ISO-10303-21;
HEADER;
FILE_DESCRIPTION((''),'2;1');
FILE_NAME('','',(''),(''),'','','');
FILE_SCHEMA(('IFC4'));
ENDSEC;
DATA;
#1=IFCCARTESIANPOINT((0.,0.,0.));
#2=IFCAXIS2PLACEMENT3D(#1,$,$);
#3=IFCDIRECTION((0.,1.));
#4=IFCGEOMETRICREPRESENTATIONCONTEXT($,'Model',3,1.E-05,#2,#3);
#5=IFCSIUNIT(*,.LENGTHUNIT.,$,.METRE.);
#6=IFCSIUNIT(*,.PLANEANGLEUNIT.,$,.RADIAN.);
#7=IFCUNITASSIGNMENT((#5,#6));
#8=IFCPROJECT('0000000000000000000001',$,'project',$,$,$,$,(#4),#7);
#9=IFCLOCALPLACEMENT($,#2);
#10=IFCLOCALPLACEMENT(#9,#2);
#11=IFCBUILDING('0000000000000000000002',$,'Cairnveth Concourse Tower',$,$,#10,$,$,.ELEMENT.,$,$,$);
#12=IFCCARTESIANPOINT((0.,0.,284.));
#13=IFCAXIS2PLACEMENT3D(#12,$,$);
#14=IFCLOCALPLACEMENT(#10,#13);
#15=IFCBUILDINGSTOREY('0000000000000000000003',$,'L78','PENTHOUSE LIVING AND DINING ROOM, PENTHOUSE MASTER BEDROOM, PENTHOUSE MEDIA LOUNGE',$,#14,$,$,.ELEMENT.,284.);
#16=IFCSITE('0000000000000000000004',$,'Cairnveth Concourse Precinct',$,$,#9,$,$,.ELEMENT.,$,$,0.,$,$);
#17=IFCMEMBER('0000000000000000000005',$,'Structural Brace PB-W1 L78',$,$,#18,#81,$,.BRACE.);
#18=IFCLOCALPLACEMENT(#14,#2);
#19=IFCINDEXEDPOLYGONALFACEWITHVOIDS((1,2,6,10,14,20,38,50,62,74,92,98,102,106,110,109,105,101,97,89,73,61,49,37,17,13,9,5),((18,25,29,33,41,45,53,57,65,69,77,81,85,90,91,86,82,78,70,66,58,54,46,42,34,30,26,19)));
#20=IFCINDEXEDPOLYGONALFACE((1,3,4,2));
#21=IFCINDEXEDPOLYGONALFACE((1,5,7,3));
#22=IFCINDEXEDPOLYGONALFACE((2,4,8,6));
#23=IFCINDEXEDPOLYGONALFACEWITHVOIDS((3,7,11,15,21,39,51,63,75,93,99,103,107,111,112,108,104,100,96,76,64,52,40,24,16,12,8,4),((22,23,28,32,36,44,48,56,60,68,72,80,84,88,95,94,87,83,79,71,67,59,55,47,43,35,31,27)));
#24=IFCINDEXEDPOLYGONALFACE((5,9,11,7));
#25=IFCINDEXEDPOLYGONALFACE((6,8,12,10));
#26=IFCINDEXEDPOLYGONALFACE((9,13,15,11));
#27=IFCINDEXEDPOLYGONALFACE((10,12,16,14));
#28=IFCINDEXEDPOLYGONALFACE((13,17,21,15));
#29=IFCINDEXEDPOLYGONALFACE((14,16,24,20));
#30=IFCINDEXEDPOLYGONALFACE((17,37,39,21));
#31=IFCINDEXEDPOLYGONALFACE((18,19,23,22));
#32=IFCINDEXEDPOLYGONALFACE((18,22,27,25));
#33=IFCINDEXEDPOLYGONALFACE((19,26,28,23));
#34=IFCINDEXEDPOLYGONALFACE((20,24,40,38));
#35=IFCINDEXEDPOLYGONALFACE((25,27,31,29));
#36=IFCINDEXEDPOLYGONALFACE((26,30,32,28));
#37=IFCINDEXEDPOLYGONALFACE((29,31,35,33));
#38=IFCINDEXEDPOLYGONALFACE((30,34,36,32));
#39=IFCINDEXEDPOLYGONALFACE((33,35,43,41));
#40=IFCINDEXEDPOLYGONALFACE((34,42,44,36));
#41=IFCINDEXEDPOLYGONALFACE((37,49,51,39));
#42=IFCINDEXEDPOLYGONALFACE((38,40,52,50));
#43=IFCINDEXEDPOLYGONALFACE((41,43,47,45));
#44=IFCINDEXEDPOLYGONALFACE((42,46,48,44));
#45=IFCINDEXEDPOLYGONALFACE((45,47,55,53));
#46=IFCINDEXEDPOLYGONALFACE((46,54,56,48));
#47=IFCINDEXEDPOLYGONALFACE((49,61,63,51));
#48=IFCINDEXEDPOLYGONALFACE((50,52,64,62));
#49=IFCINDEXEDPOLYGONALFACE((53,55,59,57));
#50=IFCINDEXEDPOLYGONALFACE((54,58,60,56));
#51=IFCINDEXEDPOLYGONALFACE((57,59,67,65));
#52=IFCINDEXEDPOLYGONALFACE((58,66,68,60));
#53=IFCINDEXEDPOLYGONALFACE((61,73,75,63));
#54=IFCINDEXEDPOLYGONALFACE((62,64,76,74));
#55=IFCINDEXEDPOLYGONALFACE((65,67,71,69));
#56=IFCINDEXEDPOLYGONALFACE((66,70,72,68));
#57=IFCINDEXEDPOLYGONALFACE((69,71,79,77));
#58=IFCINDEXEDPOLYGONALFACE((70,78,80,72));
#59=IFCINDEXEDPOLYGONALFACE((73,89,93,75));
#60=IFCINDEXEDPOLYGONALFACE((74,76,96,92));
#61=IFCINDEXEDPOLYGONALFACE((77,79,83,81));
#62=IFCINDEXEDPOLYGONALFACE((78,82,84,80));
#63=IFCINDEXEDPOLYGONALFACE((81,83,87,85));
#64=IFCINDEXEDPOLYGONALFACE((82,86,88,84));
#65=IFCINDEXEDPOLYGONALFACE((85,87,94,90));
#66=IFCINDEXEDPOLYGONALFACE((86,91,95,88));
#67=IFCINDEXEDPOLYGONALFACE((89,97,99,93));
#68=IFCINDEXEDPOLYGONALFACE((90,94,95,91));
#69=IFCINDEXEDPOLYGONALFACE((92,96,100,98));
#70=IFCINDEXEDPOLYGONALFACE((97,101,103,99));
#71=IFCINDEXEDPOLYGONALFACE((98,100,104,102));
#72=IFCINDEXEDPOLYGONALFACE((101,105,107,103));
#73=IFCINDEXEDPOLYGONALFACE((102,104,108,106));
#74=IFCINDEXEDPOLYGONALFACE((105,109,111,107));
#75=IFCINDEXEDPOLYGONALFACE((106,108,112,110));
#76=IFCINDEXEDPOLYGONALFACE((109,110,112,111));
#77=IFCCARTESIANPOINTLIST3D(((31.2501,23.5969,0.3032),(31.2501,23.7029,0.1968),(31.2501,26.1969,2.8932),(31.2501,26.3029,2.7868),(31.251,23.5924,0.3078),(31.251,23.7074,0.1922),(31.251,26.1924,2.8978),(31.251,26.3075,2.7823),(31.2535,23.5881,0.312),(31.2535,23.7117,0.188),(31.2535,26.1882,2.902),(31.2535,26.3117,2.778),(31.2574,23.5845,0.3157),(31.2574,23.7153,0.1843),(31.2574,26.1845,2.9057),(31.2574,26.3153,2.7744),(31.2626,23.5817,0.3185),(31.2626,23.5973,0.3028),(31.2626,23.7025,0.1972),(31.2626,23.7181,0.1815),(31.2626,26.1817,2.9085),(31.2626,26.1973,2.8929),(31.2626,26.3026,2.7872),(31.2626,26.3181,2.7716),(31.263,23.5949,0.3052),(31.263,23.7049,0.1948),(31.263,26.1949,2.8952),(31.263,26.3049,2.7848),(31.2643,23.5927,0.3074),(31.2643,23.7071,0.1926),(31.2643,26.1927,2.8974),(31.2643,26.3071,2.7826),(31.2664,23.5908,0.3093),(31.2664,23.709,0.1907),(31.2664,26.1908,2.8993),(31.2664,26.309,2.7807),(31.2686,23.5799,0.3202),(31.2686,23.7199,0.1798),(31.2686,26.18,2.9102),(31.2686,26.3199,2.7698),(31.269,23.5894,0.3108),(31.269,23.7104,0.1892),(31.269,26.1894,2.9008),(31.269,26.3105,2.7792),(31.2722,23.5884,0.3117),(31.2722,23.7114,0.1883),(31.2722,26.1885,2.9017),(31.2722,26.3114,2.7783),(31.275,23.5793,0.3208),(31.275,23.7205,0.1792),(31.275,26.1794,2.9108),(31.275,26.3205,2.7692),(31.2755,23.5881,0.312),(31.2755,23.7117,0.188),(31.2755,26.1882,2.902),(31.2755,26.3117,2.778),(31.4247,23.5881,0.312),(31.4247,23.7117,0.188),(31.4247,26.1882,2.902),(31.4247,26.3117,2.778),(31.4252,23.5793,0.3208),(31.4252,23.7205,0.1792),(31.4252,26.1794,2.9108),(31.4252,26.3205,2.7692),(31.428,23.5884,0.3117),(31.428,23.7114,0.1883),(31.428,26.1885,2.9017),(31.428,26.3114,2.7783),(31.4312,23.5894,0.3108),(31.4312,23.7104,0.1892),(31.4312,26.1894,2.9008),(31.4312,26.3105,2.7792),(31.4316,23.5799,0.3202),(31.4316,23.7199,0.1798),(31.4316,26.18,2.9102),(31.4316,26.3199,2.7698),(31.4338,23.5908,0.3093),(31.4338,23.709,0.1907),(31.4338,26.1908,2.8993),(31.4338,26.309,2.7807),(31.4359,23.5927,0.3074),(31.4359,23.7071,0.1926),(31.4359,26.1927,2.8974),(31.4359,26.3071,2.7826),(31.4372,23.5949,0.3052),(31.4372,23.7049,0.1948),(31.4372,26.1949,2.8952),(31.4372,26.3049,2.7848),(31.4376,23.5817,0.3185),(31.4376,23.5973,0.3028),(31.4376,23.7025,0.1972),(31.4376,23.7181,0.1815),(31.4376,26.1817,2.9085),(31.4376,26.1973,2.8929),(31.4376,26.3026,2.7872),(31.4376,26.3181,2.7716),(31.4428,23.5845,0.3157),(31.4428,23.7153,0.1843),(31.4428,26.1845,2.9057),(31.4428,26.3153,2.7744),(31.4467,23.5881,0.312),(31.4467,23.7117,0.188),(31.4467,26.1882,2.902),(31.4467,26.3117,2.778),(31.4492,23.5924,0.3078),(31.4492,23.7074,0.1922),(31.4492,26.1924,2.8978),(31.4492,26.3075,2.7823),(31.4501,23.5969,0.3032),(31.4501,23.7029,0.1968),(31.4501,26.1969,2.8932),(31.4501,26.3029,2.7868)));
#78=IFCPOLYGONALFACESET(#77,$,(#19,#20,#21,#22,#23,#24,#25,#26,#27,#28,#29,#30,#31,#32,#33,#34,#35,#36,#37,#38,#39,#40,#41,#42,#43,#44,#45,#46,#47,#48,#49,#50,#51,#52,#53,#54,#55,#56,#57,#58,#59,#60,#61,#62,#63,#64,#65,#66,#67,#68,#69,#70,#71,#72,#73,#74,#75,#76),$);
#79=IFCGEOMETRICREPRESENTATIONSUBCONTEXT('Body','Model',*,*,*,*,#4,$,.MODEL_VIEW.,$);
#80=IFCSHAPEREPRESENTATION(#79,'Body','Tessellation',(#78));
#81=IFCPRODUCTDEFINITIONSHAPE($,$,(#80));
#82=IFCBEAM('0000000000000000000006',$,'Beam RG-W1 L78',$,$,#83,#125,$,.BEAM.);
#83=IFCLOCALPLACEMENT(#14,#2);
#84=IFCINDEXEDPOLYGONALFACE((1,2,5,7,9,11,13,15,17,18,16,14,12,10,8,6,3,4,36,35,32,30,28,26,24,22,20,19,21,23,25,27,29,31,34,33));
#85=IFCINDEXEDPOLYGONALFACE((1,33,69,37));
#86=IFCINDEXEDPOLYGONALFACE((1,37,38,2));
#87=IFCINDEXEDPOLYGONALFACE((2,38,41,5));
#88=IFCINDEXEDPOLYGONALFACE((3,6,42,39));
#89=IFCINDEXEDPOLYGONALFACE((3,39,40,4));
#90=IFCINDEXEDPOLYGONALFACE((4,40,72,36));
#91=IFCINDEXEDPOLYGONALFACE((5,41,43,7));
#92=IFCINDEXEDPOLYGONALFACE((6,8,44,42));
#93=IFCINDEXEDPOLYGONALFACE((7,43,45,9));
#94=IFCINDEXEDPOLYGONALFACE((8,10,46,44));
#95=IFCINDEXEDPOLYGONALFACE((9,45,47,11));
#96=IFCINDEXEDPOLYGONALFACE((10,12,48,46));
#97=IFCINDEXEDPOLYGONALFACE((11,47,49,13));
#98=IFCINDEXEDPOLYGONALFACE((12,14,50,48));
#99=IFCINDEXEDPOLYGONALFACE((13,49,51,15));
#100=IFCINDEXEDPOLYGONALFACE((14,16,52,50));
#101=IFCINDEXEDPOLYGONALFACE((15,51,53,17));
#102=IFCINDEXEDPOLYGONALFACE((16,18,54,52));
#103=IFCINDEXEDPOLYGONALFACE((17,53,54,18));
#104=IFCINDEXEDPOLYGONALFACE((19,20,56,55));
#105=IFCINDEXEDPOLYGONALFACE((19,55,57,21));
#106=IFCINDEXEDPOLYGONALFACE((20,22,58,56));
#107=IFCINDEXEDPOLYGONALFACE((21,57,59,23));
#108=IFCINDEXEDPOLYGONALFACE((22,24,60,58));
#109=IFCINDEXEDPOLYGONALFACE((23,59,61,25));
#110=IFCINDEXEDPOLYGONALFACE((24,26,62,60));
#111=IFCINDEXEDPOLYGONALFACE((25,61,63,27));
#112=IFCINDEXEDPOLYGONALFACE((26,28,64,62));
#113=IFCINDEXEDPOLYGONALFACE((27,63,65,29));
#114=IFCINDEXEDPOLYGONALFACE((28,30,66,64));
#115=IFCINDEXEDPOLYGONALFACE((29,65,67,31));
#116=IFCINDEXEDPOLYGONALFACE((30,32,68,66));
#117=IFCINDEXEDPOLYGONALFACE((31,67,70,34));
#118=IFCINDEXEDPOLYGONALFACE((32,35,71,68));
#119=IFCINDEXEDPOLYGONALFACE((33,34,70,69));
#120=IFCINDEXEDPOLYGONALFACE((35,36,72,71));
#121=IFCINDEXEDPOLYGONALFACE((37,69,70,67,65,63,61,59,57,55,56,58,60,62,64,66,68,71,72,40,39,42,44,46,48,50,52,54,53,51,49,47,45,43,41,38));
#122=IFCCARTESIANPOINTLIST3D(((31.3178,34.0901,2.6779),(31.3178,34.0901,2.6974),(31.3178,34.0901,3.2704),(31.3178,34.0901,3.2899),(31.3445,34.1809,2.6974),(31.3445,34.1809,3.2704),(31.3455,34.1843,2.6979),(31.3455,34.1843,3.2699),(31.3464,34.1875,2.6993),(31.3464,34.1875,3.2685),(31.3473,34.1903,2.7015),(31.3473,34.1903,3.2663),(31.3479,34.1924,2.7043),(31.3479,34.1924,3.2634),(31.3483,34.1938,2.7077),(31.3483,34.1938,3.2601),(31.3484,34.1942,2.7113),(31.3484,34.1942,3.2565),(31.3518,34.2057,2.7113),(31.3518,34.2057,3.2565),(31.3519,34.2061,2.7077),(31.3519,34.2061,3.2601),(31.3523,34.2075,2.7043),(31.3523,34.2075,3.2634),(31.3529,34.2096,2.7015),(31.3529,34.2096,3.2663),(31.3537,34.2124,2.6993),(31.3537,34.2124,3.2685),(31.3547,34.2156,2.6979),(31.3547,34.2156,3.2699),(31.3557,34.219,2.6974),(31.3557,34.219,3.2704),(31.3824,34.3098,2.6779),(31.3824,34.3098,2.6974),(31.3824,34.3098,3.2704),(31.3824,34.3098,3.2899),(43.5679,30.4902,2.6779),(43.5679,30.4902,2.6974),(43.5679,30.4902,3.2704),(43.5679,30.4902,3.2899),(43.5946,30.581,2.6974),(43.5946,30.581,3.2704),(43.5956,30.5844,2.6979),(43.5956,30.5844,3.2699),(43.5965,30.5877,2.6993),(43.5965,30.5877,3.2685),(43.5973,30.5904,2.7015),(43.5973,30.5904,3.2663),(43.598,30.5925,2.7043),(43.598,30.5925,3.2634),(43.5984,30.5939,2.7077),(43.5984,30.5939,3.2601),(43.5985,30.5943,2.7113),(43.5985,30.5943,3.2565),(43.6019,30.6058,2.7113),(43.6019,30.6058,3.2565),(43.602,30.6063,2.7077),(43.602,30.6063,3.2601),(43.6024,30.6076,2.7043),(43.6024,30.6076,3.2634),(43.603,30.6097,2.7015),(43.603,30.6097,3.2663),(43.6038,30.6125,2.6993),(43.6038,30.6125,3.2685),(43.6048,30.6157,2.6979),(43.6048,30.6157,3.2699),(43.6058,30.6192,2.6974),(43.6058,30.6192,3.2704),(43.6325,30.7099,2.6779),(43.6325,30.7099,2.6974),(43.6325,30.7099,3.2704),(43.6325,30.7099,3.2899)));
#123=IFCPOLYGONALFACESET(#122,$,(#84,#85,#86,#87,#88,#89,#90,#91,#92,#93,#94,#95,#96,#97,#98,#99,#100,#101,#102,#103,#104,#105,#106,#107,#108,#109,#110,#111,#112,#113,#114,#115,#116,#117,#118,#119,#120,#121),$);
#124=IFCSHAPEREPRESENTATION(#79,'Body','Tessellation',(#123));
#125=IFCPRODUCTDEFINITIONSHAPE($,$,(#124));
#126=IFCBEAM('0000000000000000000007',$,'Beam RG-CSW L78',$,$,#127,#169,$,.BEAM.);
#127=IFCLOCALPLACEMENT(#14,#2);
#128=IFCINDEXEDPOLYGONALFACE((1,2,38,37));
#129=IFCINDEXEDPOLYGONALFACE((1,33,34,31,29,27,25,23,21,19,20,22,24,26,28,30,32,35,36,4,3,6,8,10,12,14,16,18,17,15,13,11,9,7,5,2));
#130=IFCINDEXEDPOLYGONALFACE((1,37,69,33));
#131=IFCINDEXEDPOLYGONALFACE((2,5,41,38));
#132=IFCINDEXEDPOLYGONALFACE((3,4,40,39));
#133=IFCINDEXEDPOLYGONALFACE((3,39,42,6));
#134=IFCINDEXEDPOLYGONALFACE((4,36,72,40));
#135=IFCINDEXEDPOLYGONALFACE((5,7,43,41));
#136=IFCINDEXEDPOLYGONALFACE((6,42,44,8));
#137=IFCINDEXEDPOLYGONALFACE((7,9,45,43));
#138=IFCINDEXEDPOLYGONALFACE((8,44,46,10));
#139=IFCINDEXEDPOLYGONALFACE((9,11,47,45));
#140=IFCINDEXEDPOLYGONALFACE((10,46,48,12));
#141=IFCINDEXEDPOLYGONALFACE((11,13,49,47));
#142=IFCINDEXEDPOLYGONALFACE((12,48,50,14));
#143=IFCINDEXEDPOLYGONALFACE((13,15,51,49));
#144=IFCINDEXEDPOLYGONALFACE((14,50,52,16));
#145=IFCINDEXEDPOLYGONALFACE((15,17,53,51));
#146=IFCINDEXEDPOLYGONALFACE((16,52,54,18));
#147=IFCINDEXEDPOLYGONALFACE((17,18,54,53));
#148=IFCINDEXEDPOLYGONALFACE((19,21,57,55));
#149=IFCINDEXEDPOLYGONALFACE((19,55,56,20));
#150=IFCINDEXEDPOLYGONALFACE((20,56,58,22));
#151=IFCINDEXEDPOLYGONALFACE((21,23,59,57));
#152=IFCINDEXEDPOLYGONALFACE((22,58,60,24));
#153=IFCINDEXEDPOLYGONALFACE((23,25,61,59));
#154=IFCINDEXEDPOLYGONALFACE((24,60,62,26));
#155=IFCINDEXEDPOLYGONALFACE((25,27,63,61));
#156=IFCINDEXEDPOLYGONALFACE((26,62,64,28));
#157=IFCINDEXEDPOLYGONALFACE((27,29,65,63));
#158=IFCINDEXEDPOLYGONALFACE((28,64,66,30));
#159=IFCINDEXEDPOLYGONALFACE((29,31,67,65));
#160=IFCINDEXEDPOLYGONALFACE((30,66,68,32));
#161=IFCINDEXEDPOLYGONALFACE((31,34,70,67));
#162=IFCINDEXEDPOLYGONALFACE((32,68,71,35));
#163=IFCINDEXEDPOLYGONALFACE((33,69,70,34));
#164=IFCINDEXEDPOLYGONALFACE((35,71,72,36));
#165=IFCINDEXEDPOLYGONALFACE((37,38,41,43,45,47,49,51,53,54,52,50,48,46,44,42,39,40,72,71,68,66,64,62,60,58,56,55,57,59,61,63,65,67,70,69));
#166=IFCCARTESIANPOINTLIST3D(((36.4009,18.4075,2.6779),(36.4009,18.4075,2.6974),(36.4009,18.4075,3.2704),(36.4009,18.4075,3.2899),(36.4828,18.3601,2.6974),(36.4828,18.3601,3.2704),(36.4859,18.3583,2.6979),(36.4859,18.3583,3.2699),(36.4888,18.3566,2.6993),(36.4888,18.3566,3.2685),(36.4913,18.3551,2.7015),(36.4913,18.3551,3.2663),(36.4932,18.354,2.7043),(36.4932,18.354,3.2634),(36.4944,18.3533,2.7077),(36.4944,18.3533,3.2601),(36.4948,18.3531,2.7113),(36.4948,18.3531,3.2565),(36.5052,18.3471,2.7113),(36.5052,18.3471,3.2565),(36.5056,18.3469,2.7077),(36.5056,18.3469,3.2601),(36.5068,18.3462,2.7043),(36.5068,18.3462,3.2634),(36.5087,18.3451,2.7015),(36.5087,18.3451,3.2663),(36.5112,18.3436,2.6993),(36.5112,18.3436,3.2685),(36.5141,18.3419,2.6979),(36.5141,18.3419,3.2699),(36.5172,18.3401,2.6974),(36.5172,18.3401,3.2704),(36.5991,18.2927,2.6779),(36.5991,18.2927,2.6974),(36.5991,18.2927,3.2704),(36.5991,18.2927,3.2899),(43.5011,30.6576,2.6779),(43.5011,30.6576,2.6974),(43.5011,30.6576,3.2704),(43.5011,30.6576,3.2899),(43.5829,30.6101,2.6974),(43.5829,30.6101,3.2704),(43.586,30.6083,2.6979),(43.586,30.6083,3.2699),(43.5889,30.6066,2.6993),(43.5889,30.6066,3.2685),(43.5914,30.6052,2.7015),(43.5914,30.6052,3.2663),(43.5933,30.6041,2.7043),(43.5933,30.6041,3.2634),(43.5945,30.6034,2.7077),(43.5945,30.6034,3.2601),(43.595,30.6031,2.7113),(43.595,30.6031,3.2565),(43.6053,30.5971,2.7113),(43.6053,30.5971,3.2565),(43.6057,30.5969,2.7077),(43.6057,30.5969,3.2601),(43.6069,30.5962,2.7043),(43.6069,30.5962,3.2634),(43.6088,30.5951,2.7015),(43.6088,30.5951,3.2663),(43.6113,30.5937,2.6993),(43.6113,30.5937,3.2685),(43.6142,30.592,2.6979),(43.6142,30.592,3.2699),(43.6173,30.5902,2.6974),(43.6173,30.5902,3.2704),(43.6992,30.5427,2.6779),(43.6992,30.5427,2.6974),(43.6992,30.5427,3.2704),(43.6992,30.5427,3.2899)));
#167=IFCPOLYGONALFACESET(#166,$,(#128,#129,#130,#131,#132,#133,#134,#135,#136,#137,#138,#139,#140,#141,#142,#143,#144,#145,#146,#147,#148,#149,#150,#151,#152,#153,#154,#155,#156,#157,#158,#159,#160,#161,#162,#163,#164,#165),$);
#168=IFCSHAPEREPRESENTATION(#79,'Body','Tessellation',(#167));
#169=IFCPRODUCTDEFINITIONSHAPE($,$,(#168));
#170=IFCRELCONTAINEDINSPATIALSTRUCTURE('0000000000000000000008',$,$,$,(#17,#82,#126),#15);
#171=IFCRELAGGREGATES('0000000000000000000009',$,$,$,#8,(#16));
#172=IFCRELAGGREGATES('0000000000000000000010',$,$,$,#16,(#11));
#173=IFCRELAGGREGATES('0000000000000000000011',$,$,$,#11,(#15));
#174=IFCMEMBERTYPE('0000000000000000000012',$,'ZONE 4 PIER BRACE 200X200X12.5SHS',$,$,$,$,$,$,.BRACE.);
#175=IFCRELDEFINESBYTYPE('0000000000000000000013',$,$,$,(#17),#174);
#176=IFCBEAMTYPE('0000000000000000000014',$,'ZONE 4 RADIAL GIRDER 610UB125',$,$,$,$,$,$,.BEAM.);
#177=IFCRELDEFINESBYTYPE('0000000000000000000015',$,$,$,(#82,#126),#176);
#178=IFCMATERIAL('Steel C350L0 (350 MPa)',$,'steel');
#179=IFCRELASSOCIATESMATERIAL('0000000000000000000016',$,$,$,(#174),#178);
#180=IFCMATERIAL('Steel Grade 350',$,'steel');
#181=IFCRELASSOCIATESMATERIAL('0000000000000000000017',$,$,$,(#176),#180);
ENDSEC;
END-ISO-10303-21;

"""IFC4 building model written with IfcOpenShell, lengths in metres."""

from ifc_helpers import new_model, si_unit, direction, frame, origin, origin_2d, place, context, subcontext, project, spatial, hollow_rectangle, i_section, extrude, material, material_profile, profile_set, type_object, element, save


model = new_model("IFC4")

# Units and contexts
model_context = context("Model", 3, precision=1e-05, world=origin(), true_north=direction((0.0, 1.0)))
body_context = subcontext(model_context, "Body", "Model", "MODEL_VIEW")
ifc_project = project(units=[si_unit("LENGTHUNIT", "METRE"), si_unit("PLANEANGLEUNIT", "RADIAN")], contexts=[model_context])

# Site, building, storey
site_placement = place(None, origin())
site = spatial("IfcSite", under=ifc_project, at=site_placement, Name="Cairnveth Concourse Precinct", CompositionType="ELEMENT", RefElevation=0.0)
building_placement = place(site_placement, origin())
building = spatial("IfcBuilding", under=site, at=building_placement, Name="Cairnveth Concourse Tower", CompositionType="ELEMENT")
storey_placement = place(building_placement, frame((0.0, 0.0, 284.0)))
storey = spatial("IfcBuildingStorey", under=building, at=storey_placement, Name="L78", Description="PENTHOUSE LIVING AND DINING ROOM, PENTHOUSE MASTER BEDROOM, PENTHOUSE MEDIA LOUNGE", CompositionType="ELEMENT", Elevation=284.0)

# Shared definitions
ifc_material_1 = material(Name="Steel Grade 350", Category="steel")

# Member
ifc_material_2 = material(Name="Steel C350L0 (350 MPa)", Category="steel")
ifc_material_profile_1 = material_profile(ifc_material_2, hollow_rectangle(XDim=0.2, YDim=0.2, WallThickness=0.0125, InnerFilletRadius=0.0129, OuterFilletRadius=0.0249, at=origin_2d()), Name="200x200x12.5SHS")
ifc_profile_set_1 = profile_set([ifc_material_profile_1], Name="Steel C350L0 (350 MPa)")
member_type = type_object("IfcMemberType", Name="ZONE 4 PIER BRACE 200X200X12.5SHS", PredefinedType="BRACE", material=ifc_profile_set_1)
for number, where, z_axis, x_axis, name in (
    (1, (31.3501, 23.6499, 0.25), (0.0, 0.708469, 0.705742), (-1.0, 0.0, 0.0), "Structural Brace PB-W1 L78"),
):
    element("IfcMember", number, at=place(storey_placement, frame(where, z_axis=z_axis, x_axis=x_axis)), inside=storey, type_object=member_type, Name=name, PredefinedType="BRACE", context=body_context, shape_type="SweptSolid", body=[
        extrude(hollow_rectangle(XDim=0.2, YDim=0.2, WallThickness=0.0125, InnerFilletRadius=0.0129, OuterFilletRadius=0.0249, at=origin_2d()), origin(), (0.0, 0.0, 1.0), 3.6699),
    ])

# Beams
ifc_material_profile_2 = material_profile(ifc_material_1, i_section(OverallWidth=0.229, OverallDepth=0.6121, WebThickness=0.012, FlangeThickness=0.0195, FilletRadius=0.0139, at=origin_2d()), Name="610UB125")
ifc_profile_set_2 = profile_set([ifc_material_profile_2], Name="Steel Grade 350")
beam_type_1 = type_object("IfcBeamType", Name="ZONE 4 RADIAL GIRDER 610UB125", PredefinedType="BEAM", material=ifc_profile_set_2)
beam_1_placement = place(storey_placement, frame((31.3501, 34.2, 2.9839), z_axis=(0.959431, -0.281944, 0.0), x_axis=(0.281944, 0.959431, 0.0)))
element("IfcBeam", 2, at=beam_1_placement, inside=storey, type_object=beam_type_1, Name="Beam RG-W1 L78", PredefinedType="BEAM", context=body_context, shape_type="SweptSolid", body=[
    extrude(i_section(OverallWidth=0.229, OverallDepth=0.6121, WebThickness=0.012, FlangeThickness=0.0195, FilletRadius=0.0139, at=origin_2d()), origin(), (0.0, 0.0, 1.0), 12.7681),
])
beam_2_placement = place(storey_placement, frame((36.5, 18.3501, 2.9839), z_axis=(0.501459, 0.865181, 0.0), x_axis=(-0.865181, 0.501459, 0.0)))
element("IfcBeam", 3, at=beam_2_placement, inside=storey, type_object=beam_type_1, Name="Beam RG-CSW L78", PredefinedType="BEAM", context=body_context, shape_type="SweptSolid", body=[
    extrude(i_section(OverallWidth=0.229, OverallDepth=0.6121, WebThickness=0.012, FlangeThickness=0.0195, FilletRadius=0.0139, at=origin_2d()), origin(), (0.0, 0.0, 1.0), 14.1589),
])

save(model, "model.ifc")
